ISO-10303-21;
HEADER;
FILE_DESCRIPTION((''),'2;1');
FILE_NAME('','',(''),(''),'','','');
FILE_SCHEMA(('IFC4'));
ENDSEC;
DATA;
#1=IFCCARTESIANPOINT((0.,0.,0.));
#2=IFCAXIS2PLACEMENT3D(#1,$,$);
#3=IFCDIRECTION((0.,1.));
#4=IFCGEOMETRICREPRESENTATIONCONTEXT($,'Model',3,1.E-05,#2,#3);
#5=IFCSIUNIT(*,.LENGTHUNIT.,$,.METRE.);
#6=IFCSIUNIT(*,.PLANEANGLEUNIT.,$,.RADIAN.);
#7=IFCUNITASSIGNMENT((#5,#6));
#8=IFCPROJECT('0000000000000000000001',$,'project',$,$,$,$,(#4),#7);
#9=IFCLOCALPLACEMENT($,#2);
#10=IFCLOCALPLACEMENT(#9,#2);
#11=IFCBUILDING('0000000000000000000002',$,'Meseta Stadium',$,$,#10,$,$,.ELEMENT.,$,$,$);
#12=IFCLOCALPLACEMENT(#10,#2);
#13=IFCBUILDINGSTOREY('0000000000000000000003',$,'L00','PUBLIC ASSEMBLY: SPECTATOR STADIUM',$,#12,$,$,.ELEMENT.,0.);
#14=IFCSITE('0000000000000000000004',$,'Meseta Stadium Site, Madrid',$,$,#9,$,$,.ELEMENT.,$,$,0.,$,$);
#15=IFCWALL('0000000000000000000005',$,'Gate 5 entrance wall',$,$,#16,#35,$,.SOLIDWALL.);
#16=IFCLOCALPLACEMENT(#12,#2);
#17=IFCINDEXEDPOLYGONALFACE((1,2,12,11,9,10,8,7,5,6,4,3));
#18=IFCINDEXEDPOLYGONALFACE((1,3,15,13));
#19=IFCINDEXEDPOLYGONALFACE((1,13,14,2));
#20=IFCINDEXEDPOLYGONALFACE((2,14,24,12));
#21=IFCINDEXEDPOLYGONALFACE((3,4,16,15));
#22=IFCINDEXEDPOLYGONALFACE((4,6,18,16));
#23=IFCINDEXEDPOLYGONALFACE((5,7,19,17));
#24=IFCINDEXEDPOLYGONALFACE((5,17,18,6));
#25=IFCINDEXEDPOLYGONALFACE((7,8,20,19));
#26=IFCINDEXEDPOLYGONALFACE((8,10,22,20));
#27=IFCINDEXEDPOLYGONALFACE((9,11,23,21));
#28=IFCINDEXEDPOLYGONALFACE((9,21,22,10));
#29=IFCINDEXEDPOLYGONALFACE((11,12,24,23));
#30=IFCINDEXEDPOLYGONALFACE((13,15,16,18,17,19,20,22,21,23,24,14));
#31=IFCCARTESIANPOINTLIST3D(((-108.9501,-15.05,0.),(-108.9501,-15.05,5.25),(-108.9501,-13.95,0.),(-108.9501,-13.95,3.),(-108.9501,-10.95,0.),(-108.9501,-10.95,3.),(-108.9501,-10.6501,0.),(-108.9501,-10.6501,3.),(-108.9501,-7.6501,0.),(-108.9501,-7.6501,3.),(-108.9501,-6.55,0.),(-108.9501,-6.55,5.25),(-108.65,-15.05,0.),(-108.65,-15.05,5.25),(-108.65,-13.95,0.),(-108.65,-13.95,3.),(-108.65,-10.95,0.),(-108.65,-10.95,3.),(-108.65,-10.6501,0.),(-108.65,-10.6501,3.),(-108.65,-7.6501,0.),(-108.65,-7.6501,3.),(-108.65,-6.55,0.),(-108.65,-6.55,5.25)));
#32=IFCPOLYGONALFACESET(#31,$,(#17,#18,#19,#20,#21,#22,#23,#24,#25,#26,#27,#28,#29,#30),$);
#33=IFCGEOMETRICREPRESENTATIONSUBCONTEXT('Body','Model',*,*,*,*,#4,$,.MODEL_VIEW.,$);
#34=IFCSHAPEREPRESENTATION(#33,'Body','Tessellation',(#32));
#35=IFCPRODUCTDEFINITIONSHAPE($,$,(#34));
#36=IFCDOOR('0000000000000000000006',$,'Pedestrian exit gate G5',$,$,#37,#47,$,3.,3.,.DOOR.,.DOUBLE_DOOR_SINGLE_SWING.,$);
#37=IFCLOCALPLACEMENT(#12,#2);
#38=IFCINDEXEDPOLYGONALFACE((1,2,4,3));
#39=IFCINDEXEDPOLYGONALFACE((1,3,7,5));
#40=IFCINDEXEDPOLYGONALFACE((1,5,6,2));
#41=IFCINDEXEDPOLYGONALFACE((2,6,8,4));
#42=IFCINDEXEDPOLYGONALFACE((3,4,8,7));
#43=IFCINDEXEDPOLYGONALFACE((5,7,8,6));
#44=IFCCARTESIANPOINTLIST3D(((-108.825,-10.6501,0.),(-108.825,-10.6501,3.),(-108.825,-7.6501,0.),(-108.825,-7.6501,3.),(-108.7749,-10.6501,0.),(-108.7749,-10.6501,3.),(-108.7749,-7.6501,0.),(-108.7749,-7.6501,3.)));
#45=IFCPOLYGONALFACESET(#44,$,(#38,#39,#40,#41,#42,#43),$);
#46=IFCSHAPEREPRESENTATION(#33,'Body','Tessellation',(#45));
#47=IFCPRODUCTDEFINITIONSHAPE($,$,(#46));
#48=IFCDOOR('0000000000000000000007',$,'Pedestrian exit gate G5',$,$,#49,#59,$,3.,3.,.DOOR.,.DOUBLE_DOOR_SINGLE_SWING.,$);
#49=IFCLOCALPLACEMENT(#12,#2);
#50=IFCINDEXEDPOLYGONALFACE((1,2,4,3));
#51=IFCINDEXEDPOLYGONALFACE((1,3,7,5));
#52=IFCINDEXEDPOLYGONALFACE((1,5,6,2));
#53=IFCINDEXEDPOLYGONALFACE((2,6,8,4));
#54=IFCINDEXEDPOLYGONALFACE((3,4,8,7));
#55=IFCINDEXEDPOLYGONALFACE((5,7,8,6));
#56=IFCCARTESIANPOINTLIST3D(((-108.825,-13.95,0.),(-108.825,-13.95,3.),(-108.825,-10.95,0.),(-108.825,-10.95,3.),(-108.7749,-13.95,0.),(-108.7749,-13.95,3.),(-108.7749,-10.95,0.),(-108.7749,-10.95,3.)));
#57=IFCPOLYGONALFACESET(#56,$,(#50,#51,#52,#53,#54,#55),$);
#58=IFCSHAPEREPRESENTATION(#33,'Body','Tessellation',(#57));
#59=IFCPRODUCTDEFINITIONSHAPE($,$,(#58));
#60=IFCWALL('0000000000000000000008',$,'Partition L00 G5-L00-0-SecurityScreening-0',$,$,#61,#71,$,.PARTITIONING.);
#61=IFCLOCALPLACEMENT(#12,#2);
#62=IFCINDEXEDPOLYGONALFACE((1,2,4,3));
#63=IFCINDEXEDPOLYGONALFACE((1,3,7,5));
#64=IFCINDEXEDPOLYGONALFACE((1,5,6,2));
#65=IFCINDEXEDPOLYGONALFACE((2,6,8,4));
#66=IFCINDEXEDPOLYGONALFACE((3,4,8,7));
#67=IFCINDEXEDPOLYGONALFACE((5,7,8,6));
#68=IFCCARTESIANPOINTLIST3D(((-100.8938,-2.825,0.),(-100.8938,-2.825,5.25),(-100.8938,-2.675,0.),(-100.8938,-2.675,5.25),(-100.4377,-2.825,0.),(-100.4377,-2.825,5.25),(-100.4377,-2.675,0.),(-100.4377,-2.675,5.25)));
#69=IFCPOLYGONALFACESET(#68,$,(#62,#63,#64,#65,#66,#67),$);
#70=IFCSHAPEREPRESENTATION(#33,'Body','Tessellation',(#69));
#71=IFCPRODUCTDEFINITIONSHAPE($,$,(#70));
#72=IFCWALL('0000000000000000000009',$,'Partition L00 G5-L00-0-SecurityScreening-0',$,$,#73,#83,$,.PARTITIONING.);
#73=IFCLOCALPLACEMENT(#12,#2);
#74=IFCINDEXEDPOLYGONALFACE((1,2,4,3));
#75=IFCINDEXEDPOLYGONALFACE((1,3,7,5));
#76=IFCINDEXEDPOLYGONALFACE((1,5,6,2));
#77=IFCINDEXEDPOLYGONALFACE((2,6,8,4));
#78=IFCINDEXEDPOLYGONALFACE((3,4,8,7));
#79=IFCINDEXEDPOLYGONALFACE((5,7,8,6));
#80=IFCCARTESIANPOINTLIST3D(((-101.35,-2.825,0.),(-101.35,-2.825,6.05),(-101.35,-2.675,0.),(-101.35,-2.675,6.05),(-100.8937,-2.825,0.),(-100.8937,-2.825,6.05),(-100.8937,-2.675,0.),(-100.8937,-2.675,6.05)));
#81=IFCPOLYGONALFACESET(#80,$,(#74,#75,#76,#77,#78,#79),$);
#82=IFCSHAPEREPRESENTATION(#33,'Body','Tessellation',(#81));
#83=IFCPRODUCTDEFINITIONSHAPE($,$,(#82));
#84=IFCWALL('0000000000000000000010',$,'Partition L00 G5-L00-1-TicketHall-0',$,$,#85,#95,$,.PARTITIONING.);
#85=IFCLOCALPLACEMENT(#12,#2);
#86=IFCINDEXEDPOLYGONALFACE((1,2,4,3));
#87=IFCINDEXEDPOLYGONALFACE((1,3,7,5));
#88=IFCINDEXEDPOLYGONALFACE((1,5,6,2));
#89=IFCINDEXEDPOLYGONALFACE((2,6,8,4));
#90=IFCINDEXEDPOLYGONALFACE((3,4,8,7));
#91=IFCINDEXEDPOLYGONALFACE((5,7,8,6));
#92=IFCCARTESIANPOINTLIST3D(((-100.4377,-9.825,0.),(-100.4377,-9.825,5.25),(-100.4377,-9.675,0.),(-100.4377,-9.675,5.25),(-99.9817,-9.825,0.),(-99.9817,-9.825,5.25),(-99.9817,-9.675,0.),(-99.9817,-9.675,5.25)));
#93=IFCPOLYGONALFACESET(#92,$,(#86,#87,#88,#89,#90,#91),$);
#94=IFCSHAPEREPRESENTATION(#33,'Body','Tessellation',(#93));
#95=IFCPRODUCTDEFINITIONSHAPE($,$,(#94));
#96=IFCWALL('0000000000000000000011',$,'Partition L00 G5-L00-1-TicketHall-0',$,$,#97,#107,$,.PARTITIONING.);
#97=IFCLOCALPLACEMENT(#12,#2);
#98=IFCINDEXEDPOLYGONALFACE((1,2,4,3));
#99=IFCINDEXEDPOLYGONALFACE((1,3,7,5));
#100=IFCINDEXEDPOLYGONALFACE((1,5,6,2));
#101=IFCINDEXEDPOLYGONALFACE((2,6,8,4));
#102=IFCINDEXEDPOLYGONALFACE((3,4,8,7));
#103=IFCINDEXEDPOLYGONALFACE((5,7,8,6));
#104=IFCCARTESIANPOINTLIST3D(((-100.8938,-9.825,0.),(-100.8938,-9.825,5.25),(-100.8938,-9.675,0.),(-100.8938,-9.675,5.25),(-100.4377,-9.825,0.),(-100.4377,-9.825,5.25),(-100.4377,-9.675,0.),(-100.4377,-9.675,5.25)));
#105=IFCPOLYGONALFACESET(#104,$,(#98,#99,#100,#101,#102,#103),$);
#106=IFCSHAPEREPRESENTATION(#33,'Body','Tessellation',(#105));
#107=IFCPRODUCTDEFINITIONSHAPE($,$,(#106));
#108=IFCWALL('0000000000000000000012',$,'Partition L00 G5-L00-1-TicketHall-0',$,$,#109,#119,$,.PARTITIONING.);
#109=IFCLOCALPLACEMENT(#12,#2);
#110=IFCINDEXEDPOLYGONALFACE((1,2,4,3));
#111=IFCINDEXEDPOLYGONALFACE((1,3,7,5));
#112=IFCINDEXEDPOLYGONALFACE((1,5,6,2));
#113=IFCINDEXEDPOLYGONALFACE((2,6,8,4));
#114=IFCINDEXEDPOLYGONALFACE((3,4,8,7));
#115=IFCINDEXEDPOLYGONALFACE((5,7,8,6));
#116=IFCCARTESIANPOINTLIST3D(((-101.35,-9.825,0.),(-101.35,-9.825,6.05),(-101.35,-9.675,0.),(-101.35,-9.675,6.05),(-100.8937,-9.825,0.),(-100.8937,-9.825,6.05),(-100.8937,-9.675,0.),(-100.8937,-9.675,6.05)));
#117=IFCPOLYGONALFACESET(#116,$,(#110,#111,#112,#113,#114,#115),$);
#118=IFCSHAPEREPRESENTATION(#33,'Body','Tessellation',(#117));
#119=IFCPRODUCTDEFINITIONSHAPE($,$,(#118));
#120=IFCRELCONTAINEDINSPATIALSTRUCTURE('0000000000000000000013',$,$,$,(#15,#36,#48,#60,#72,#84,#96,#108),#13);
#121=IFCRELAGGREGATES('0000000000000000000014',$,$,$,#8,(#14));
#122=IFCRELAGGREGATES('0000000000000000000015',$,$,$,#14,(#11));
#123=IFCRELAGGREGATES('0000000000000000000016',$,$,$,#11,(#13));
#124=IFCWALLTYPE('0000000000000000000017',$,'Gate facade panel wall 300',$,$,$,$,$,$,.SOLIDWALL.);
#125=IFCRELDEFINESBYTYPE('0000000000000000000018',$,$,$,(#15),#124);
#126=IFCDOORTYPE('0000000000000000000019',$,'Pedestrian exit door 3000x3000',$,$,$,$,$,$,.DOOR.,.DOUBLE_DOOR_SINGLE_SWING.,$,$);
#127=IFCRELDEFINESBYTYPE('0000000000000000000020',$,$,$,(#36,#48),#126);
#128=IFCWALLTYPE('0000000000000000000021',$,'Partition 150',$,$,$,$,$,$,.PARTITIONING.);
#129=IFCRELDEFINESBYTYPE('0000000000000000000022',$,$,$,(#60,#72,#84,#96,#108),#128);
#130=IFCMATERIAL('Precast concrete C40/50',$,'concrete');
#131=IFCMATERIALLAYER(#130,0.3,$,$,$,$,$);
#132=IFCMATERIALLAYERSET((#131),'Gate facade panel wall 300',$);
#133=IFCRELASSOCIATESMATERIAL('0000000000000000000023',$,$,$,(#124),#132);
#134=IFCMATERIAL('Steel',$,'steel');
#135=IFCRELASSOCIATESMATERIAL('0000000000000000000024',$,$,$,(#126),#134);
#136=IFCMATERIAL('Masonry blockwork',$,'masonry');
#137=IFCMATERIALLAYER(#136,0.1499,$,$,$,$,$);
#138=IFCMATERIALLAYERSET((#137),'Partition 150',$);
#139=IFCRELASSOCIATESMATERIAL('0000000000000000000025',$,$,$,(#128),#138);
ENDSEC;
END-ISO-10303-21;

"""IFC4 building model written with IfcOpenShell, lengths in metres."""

from ifc_helpers import new_model, si_unit, direction, frame, frame_2d, origin, place, context, subcontext, project, spatial, rectangle, extrude, material, layer, layer_set, type_object, element, fill, save


model = new_model("IFC4")

# Units and contexts
model_context = context("Model", 3, precision=1e-05, world=origin(), true_north=direction((0.0, 1.0)))
body_context = subcontext(model_context, "Body", "Model", "MODEL_VIEW")
ifc_project = project(units=[si_unit("LENGTHUNIT", "METRE"), si_unit("PLANEANGLEUNIT", "RADIAN")], contexts=[model_context])

# Site, building, storey
site_placement = place(None, origin())
site = spatial("IfcSite", under=ifc_project, at=site_placement, Name="Meseta Stadium Site, Madrid", CompositionType="ELEMENT", RefElevation=0.0)
building_placement = place(site_placement, origin())
building = spatial("IfcBuilding", under=site, at=building_placement, Name="Meseta Stadium", CompositionType="ELEMENT")
storey_placement = place(building_placement, origin())
storey = spatial("IfcBuildingStorey", under=building, at=storey_placement, Name="L00", Description="PUBLIC ASSEMBLY: SPECTATOR STADIUM", CompositionType="ELEMENT", Elevation=0.0)

# Shared definitions
ifc_material_1 = material(Name="Precast concrete C40/50", Category="concrete")
ifc_layer_1 = layer(ifc_material_1, 0.3)
ifc_layer_set_1 = layer_set([ifc_layer_1], Name="Gate facade panel wall 300")
wall_type_1 = type_object("IfcWallType", Name="Gate facade panel wall 300", PredefinedType="SOLIDWALL", material=ifc_layer_set_1)

# Wall, openings, doors
wall_1_placement = place(storey_placement, frame((-108.8, -15.05, 0.0), z_axis=(0.0, 0.0, 1.0), x_axis=(0.0, 1.0, 0.0)))
wall_1 = element("IfcWall", 1, at=wall_1_placement, inside=storey, type_object=wall_type_1, Name="Gate 5 entrance wall", PredefinedType="SOLIDWALL", context=body_context, shape_type="SweptSolid", body=[
    extrude(rectangle(XDim=8.5, YDim=0.3, at=frame_2d((4.25, 0.0))), origin(), (0.0, 0.0, 1.0), 5.25),
])
opening_1_placement = place(wall_1_placement, frame((4.3999, 0.0, 0.0)))
opening_1 = element("IfcOpeningElement", 2, at=opening_1_placement, cuts=wall_1, PredefinedType="OPENING", context=body_context, shape_type="SweptSolid", body=[
    extrude(rectangle(XDim=3.0, YDim=3.0, at=frame_2d((1.5, 1.5))), frame((0.0, 0.1599, 0.0), z_axis=(0.0, -1.0, 0.0), x_axis=(1.0, 0.0, 0.0)), (0.0, 0.0, 1.0), 0.3201),
])
opening_2_placement = place(wall_1_placement, frame((1.1001, 0.0, 0.0)))
opening_2 = element("IfcOpeningElement", 3, at=opening_2_placement, cuts=wall_1, PredefinedType="OPENING", context=body_context, shape_type="SweptSolid", body=[
    extrude(rectangle(XDim=3.0, YDim=3.0, at=frame_2d((1.5, 1.5))), frame((0.0, 0.1599, 0.0), z_axis=(0.0, -1.0, 0.0), x_axis=(1.0, 0.0, 0.0)), (0.0, 0.0, 1.0), 0.3201),
])
ifc_material_2 = material(Name="Steel", Category="steel")
door_type_1 = type_object("IfcDoorType", Name="Pedestrian exit door 3000x3000", OperationType="DOUBLE_DOOR_SINGLE_SWING", PredefinedType="DOOR", material=ifc_material_2)
door_1_placement = place(opening_1_placement, origin())
door_1 = element("IfcDoor", 4, at=door_1_placement, inside=storey, type_object=door_type_1, Name="Pedestrian exit gate G5", OperationType="DOUBLE_DOOR_SINGLE_SWING", OverallHeight=3.0, OverallWidth=3.0, PredefinedType="DOOR", context=body_context, shape_type="SweptSolid", body=[
    extrude(rectangle(XDim=3.0, YDim=3.0, at=frame_2d((1.5, 1.5))), frame((0.0, 0.0249, 0.0), z_axis=(0.0, -1.0, 0.0), x_axis=(1.0, 0.0, 0.0)), (0.0, 0.0, 1.0), 0.05),
])
fill(opening_1, door_1)
door_2_placement = place(opening_2_placement, origin())
door_2 = element("IfcDoor", 5, at=door_2_placement, inside=storey, type_object=door_type_1, Name="Pedestrian exit gate G5", OperationType="DOUBLE_DOOR_SINGLE_SWING", OverallHeight=3.0, OverallWidth=3.0, PredefinedType="DOOR", context=body_context, shape_type="SweptSolid", body=[
    extrude(rectangle(XDim=3.0, YDim=3.0, at=frame_2d((1.5, 1.5))), frame((0.0, 0.0249, 0.0), z_axis=(0.0, -1.0, 0.0), x_axis=(1.0, 0.0, 0.0)), (0.0, 0.0, 1.0), 0.05),
])
fill(opening_2, door_2)

# Walls
ifc_material_3 = material(Name="Masonry blockwork", Category="masonry")
ifc_layer_2 = layer(ifc_material_3, 0.1499)
ifc_layer_set_2 = layer_set([ifc_layer_2], Name="Partition 150")
wall_type_2 = type_object("IfcWallType", Name="Partition 150", PredefinedType="PARTITIONING", material=ifc_layer_set_2)
wall_2_placement = place(storey_placement, frame((-100.4377, -2.75, 0.0), z_axis=(0.0, 0.0, 1.0), x_axis=(-1.0, 0.0, 0.0)))
element("IfcWall", 6, at=wall_2_placement, inside=storey, type_object=wall_type_2, Name="Partition L00 G5-L00-0-SecurityScreening-0", PredefinedType="PARTITIONING", context=body_context, shape_type="SweptSolid", body=[
    extrude(rectangle(XDim=0.4561, YDim=0.1499, at=frame_2d((0.228, 0.0))), origin(), (0.0, 0.0, 1.0), 5.25),
])
wall_3_placement = place(storey_placement, frame((-100.8938, -2.75, 0.0), z_axis=(0.0, 0.0, 1.0), x_axis=(-1.0, 0.0, 0.0)))
element("IfcWall", 7, at=wall_3_placement, inside=storey, type_object=wall_type_2, Name="Partition L00 G5-L00-0-SecurityScreening-0", PredefinedType="PARTITIONING", context=body_context, shape_type="SweptSolid", body=[
    extrude(rectangle(XDim=0.4563, YDim=0.1499, at=frame_2d((0.228, 0.0))), origin(), (0.0, 0.0, 1.0), 6.05),
])
for number, where, z_axis, x_axis, name in (
    (8, (-99.9817, -9.75, 0.0), (0.0, 0.0, 1.0), (-1.0, 0.0, 0.0), "Partition L00 G5-L00-1-TicketHall-0"),
    (9, (-100.4377, -9.75, 0.0), (0.0, 0.0, 1.0), (-1.0, 0.0, 0.0), "Partition L00 G5-L00-1-TicketHall-0"),
):
    element("IfcWall", number, at=place(storey_placement, frame(where, z_axis=z_axis, x_axis=x_axis)), inside=storey, type_object=wall_type_2, Name=name, PredefinedType="PARTITIONING", context=body_context, shape_type="SweptSolid", body=[
        extrude(rectangle(XDim=0.4561, YDim=0.1499, at=frame_2d((0.228, 0.0))), origin(), (0.0, 0.0, 1.0), 5.25),
    ])
wall_4_placement = place(storey_placement, frame((-100.8938, -9.75, 0.0), z_axis=(0.0, 0.0, 1.0), x_axis=(-1.0, 0.0, 0.0)))
element("IfcWall", 10, at=wall_4_placement, inside=storey, type_object=wall_type_2, Name="Partition L00 G5-L00-1-TicketHall-0", PredefinedType="PARTITIONING", context=body_context, shape_type="SweptSolid", body=[
    extrude(rectangle(XDim=0.4563, YDim=0.1499, at=frame_2d((0.228, 0.0))), origin(), (0.0, 0.0, 1.0), 6.05),
])

save(model, "model.ifc")
